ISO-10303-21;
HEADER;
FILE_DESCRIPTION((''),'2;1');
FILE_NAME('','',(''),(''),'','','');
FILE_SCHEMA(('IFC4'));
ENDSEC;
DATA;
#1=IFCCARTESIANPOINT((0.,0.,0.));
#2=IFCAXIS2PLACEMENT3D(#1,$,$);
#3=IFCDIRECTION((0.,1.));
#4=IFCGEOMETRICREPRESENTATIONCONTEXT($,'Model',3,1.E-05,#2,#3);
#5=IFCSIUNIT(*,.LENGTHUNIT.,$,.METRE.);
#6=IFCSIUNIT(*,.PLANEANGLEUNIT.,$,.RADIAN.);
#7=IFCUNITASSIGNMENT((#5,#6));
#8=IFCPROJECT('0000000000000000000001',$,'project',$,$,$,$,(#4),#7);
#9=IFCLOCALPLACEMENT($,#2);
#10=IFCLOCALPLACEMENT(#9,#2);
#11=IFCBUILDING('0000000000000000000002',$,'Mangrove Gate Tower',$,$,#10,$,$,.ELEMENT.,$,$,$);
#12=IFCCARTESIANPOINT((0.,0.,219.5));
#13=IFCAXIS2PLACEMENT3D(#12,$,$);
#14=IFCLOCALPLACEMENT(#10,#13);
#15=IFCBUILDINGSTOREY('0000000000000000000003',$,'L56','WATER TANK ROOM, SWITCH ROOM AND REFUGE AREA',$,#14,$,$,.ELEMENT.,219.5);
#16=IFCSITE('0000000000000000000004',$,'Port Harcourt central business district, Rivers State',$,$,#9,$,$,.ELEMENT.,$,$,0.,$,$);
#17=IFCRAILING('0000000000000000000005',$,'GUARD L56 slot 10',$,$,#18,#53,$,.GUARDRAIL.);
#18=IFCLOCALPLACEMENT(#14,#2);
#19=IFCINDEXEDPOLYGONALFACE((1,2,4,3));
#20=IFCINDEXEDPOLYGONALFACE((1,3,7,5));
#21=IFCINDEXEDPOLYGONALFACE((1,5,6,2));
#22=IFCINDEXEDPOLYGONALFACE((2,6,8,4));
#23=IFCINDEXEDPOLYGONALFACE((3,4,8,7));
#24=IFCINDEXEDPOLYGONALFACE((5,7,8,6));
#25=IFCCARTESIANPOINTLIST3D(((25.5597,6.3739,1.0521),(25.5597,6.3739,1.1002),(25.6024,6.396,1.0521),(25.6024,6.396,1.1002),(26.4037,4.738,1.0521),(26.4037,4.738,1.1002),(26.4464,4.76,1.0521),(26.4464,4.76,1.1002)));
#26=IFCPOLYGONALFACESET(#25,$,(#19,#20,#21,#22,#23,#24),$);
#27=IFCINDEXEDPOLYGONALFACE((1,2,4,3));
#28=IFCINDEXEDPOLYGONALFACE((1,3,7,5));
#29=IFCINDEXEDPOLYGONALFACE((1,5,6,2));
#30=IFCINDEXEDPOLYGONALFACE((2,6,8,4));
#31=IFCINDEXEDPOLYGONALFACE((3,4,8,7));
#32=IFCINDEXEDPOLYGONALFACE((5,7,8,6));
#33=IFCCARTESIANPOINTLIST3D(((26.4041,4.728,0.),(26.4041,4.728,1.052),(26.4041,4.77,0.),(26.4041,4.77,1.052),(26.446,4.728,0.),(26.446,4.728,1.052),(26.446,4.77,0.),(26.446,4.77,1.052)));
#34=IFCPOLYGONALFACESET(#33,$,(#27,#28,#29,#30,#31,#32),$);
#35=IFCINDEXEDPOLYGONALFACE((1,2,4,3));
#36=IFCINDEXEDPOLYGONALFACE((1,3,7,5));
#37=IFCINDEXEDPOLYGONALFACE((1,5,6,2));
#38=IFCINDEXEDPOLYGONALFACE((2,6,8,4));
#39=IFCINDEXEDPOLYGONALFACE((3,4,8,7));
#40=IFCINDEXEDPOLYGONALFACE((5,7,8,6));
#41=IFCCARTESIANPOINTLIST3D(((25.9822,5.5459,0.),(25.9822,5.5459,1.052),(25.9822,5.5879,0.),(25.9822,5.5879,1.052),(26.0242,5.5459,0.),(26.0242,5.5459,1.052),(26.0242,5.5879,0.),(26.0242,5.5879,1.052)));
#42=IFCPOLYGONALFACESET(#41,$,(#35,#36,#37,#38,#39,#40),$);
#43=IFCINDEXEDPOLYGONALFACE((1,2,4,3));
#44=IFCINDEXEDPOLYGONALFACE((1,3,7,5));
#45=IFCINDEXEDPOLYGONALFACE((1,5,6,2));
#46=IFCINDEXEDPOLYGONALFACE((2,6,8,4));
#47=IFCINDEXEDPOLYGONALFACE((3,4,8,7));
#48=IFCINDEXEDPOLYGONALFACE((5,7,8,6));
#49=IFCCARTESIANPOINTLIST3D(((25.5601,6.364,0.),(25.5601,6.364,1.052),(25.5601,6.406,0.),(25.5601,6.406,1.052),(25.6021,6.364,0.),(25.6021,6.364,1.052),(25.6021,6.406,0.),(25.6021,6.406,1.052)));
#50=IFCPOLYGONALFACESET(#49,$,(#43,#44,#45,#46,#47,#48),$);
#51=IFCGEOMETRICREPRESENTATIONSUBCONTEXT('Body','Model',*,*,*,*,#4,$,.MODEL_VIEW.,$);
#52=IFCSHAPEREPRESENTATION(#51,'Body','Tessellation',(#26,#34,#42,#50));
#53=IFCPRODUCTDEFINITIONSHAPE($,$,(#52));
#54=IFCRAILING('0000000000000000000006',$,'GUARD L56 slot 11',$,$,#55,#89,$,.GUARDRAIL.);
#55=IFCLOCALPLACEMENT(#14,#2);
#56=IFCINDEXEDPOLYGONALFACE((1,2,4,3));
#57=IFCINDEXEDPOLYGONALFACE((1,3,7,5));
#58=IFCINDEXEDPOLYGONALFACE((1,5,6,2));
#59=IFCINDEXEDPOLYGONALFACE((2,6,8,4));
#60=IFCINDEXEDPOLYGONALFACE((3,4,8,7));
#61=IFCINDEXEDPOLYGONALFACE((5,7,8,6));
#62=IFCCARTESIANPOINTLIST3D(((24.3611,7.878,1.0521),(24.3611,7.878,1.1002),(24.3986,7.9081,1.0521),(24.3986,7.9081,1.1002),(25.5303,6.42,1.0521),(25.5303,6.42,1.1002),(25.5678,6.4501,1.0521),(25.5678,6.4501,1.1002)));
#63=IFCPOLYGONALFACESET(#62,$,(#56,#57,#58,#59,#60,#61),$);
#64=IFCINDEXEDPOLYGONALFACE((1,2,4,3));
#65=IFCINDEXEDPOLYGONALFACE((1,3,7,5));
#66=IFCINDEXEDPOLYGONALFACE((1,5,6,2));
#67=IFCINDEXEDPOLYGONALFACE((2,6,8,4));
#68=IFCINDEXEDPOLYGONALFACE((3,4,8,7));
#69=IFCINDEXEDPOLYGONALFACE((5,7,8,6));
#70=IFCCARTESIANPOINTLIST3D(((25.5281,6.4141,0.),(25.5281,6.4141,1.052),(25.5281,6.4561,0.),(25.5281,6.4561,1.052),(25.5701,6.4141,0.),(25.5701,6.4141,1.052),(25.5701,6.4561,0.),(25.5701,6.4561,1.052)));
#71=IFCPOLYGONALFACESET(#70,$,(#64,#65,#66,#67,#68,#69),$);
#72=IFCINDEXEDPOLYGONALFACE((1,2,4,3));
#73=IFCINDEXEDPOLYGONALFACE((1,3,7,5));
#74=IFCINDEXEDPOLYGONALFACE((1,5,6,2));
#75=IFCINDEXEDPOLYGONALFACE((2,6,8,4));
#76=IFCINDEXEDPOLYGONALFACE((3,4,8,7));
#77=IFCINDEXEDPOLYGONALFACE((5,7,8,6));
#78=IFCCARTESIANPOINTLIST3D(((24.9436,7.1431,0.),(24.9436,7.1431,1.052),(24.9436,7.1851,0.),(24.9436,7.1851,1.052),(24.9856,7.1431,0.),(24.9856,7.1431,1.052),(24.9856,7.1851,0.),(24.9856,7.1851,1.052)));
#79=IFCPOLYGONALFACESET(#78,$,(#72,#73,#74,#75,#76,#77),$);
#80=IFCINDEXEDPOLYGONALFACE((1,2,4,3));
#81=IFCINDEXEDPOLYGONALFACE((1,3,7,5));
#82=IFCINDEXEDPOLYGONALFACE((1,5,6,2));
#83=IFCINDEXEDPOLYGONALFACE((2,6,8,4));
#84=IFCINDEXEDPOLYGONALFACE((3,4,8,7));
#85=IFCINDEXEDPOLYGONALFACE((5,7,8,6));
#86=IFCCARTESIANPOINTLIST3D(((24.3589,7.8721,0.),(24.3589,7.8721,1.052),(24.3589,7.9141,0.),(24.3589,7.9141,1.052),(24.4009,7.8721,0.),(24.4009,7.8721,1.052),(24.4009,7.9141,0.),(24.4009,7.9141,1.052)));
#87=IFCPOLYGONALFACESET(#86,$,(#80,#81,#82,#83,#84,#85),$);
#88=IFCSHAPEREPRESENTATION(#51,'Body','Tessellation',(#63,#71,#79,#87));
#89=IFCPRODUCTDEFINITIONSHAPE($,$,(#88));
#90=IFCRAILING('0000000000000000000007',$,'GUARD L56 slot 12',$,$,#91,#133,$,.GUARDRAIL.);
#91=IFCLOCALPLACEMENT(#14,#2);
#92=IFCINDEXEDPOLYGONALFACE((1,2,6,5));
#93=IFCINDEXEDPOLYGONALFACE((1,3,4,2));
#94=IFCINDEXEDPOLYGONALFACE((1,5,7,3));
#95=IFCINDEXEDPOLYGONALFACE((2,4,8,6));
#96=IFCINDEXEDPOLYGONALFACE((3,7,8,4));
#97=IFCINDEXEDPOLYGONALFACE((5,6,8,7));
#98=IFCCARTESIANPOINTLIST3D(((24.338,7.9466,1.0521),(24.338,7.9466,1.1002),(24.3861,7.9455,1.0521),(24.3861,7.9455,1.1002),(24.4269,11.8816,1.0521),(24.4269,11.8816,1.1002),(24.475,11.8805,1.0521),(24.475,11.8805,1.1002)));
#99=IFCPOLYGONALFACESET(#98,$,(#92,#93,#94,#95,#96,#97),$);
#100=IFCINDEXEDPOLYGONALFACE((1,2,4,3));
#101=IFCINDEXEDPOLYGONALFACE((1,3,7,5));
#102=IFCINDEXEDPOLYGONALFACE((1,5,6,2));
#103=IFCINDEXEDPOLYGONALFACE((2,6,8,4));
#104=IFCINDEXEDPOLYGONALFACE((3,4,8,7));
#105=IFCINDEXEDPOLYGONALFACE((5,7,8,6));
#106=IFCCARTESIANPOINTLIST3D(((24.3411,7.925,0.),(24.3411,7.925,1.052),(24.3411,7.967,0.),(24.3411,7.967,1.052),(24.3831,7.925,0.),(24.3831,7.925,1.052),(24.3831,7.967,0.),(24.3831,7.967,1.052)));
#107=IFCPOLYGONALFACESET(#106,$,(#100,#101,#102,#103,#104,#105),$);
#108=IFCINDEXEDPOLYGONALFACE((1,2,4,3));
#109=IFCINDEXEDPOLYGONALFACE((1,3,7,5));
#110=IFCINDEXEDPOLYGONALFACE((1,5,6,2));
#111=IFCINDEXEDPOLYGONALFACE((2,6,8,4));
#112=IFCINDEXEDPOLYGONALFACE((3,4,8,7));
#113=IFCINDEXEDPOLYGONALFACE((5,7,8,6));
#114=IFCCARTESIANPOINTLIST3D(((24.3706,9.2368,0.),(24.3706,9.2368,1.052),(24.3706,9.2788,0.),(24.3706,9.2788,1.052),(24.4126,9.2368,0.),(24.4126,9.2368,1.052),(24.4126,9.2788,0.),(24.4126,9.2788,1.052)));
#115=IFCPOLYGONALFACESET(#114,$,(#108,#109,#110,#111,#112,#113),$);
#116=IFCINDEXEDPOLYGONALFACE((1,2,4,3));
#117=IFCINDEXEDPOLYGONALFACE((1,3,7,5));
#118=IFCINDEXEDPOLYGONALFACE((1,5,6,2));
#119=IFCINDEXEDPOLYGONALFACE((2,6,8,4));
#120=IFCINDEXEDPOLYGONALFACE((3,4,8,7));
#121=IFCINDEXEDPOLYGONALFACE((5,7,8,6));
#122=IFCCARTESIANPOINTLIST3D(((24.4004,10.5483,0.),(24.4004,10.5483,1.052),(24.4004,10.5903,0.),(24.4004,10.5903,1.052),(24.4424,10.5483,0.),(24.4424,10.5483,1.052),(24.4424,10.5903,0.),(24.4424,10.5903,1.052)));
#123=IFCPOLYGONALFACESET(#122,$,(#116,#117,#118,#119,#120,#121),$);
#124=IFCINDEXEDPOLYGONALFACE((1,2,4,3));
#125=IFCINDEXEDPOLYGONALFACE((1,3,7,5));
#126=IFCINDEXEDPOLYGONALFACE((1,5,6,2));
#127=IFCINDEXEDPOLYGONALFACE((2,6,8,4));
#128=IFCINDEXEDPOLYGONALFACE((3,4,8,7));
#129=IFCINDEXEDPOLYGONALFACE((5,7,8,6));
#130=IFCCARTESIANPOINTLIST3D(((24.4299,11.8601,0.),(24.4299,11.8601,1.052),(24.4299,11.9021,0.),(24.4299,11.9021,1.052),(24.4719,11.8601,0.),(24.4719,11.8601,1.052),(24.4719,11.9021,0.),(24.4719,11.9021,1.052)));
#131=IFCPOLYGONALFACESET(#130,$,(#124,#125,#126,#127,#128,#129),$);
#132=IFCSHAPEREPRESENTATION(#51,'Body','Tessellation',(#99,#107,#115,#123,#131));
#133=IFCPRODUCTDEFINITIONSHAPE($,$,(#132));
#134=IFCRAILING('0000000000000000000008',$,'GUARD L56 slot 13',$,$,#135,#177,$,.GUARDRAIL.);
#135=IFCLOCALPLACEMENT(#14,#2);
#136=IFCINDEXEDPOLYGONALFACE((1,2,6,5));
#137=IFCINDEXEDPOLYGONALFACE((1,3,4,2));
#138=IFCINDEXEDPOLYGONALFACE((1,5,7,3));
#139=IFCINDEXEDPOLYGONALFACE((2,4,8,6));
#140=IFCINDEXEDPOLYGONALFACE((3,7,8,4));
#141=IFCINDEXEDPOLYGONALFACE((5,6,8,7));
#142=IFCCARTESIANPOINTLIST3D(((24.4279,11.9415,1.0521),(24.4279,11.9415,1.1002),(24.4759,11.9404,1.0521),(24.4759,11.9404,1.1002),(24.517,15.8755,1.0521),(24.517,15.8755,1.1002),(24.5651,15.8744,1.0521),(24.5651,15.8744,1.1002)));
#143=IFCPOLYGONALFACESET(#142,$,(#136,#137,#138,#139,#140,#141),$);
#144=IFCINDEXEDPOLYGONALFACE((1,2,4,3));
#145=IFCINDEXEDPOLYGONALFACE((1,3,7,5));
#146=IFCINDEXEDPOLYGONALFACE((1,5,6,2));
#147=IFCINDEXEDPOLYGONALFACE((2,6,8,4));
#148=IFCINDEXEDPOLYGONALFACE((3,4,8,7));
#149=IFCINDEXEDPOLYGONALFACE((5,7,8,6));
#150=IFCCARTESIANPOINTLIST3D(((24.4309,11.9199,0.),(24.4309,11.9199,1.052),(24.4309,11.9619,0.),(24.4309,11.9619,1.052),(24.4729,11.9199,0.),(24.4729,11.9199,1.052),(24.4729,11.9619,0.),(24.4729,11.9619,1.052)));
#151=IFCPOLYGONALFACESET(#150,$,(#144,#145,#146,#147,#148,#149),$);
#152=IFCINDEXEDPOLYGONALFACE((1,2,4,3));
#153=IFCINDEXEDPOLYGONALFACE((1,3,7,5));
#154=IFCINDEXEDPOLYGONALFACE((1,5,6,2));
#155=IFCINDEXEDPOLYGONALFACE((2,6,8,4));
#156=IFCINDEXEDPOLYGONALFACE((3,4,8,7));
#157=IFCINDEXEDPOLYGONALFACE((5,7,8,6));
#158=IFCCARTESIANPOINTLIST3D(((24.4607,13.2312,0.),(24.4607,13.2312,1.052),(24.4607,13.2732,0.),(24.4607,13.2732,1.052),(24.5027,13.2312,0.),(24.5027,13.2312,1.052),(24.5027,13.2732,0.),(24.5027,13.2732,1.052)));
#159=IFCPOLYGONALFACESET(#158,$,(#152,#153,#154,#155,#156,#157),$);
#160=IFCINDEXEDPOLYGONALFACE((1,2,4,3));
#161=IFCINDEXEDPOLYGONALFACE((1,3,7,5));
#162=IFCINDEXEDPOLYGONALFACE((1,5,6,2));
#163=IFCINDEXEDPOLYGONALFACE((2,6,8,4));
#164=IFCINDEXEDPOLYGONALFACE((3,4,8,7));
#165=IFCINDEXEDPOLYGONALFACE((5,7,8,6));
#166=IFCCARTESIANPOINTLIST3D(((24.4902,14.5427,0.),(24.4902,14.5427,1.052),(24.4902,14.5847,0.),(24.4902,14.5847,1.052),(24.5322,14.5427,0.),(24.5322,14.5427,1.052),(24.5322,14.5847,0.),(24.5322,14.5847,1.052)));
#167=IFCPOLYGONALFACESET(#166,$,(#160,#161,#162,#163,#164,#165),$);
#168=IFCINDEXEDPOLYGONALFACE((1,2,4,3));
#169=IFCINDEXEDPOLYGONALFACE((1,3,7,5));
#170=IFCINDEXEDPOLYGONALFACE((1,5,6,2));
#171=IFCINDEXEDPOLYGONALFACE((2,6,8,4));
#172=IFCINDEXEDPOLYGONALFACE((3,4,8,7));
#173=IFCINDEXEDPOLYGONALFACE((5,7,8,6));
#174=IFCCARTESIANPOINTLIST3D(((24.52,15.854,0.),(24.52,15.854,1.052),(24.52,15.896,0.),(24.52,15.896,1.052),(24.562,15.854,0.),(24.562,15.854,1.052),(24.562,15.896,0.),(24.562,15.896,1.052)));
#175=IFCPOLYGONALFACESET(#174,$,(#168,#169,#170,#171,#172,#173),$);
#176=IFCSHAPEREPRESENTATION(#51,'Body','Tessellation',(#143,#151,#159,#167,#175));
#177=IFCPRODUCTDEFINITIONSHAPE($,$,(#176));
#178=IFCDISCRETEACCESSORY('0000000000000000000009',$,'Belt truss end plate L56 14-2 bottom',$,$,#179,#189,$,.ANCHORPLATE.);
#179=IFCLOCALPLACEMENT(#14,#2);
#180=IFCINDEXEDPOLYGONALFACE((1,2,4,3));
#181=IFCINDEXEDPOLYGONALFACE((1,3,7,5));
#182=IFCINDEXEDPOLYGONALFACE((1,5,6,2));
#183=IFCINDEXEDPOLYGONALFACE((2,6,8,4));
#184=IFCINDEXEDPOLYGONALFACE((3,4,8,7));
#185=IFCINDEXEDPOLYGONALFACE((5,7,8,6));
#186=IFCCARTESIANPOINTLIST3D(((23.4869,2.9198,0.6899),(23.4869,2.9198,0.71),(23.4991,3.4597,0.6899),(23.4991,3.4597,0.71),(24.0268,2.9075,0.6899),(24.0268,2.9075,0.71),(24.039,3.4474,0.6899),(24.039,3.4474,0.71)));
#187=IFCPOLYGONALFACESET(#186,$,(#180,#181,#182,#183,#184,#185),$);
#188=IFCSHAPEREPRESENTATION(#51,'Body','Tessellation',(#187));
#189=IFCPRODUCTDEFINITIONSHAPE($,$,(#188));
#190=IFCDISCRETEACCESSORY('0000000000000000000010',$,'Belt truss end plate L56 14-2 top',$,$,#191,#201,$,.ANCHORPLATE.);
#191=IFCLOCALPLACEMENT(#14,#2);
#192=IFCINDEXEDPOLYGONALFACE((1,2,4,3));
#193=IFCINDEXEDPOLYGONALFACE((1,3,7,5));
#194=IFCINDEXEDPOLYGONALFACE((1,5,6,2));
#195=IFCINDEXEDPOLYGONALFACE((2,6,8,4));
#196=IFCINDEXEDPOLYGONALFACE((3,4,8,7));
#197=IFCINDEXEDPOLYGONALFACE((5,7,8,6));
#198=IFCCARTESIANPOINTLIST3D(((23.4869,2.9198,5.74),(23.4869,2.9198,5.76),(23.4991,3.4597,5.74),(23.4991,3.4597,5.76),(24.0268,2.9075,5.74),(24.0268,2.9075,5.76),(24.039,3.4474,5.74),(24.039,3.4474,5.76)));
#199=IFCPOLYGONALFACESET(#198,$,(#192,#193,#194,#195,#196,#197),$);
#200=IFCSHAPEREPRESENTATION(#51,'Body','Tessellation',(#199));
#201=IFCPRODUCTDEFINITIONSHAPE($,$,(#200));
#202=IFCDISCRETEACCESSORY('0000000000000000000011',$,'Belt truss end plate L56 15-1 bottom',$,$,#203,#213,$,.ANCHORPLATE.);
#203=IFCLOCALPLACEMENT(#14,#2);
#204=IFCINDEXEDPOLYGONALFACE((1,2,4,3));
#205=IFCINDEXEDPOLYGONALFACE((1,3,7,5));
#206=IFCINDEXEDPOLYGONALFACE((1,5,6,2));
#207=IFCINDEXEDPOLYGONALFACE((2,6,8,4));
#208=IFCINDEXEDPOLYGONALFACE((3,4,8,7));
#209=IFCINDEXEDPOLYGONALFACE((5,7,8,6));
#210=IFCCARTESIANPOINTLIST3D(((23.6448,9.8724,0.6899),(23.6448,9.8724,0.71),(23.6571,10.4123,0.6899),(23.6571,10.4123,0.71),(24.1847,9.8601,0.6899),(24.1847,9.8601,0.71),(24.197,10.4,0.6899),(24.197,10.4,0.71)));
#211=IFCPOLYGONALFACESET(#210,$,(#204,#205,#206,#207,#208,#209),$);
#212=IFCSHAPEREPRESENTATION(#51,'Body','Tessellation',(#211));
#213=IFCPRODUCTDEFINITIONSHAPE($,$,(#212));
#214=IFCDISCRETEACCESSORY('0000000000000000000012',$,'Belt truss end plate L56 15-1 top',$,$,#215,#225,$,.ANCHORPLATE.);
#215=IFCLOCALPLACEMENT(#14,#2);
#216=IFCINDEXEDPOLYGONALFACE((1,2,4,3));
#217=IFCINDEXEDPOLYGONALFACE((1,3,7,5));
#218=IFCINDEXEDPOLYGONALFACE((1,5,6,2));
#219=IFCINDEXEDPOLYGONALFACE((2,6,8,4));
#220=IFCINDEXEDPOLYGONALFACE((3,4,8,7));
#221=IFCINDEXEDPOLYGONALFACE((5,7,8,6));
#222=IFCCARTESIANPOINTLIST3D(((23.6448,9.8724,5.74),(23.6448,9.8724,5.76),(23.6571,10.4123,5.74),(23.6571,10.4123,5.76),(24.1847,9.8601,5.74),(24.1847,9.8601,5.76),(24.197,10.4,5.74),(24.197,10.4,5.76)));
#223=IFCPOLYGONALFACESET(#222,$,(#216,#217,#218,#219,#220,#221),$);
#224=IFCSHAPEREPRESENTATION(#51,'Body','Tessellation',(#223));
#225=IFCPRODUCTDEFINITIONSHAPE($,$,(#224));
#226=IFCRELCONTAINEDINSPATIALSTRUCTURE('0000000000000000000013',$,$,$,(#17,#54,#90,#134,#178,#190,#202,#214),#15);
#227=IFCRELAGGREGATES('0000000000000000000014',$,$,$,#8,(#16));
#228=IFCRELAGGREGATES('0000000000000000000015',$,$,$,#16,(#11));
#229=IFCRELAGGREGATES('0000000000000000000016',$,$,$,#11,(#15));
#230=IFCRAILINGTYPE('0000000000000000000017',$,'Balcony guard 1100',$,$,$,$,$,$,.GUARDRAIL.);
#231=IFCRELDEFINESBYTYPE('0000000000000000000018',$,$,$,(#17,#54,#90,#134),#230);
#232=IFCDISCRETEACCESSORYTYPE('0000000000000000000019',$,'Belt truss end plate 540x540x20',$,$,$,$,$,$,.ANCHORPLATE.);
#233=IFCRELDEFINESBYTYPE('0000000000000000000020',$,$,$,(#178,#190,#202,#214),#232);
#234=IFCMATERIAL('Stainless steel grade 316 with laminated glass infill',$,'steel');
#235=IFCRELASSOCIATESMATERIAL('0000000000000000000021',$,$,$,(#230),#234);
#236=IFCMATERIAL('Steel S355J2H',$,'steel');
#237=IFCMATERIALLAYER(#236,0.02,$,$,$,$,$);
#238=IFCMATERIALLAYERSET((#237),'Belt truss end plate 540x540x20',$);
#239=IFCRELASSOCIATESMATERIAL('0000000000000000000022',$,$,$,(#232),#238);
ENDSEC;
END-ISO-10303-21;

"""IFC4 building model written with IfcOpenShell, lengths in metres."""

from ifc_helpers import new_model, si_unit, direction, frame, origin, origin_2d, place, context, subcontext, project, spatial, rectangle, extrude, material, layer, layer_set, type_object, element, save


model = new_model("IFC4")

# Units and contexts
model_context = context("Model", 3, precision=1e-05, world=origin(), true_north=direction((0.0, 1.0)))
body_context = subcontext(model_context, "Body", "Model", "MODEL_VIEW")
ifc_project = project(units=[si_unit("LENGTHUNIT", "METRE"), si_unit("PLANEANGLEUNIT", "RADIAN")], contexts=[model_context])

# Site, building, storey
site_placement = place(None, origin())
site = spatial("IfcSite", under=ifc_project, at=site_placement, Name="Port Harcourt central business district, Rivers State", CompositionType="ELEMENT", RefElevation=0.0)
building_placement = place(site_placement, origin())
building = spatial("IfcBuilding", under=site, at=building_placement, Name="Mangrove Gate Tower", CompositionType="ELEMENT")
storey_placement = place(building_placement, frame((0.0, 0.0, 219.5)))
storey = spatial("IfcBuildingStorey", under=building, at=storey_placement, Name="L56", Description="WATER TANK ROOM, SWITCH ROOM AND REFUGE AREA", CompositionType="ELEMENT", Elevation=219.5)

# Railings
ifc_material_1 = material(Name="Stainless steel grade 316 with laminated glass infill", Category="steel")
railing_type = type_object("IfcRailingType", Name="Balcony guard 1100", PredefinedType="GUARDRAIL", material=ifc_material_1)
railing_1_placement = place(storey_placement, frame((26.425, 4.749, 0.0)))
element("IfcRailing", 1, at=railing_1_placement, inside=storey, type_object=railing_type, Name="GUARD L56 slot 10", PredefinedType="GUARDRAIL", context=body_context, shape_type="SweptSolid", body=[
    extrude(rectangle(XDim=0.0481, YDim=0.0481, at=origin_2d()), frame((0.0, 0.0, 1.0762), z_axis=(-0.458477, 0.888706, 0.0), x_axis=(-0.888706, -0.458477, 0.0)), (0.0, 0.0, 1.0), 1.8408),
    extrude(rectangle(XDim=0.042, YDim=0.042, at=origin_2d()), origin(), (0.0, 0.0, 1.0), 1.052),
    extrude(rectangle(XDim=0.042, YDim=0.042, at=origin_2d()), frame((-0.4219, 0.8179, 0.0)), (0.0, 0.0, 1.0), 1.052),
    extrude(rectangle(XDim=0.042, YDim=0.042, at=origin_2d()), frame((-0.844, 1.636, 0.0)), (0.0, 0.0, 1.0), 1.052),
])
railing_2_placement = place(storey_placement, frame((25.5491, 6.4351, 0.0)))
element("IfcRailing", 2, at=railing_2_placement, inside=storey, type_object=railing_type, Name="GUARD L56 slot 11", PredefinedType="GUARDRAIL", context=body_context, shape_type="SweptSolid", body=[
    extrude(rectangle(XDim=0.0481, YDim=0.0481, at=origin_2d()), frame((0.0, 0.0, 1.0762), z_axis=(-0.625603, 0.780142, 0.0), x_axis=(-0.780142, -0.625603, 0.0)), (0.0, 0.0, 1.0), 1.8689),
    extrude(rectangle(XDim=0.042, YDim=0.042, at=origin_2d()), origin(), (0.0, 0.0, 1.0), 1.052),
    extrude(rectangle(XDim=0.042, YDim=0.042, at=origin_2d()), frame((-0.5845, 0.729, 0.0)), (0.0, 0.0, 1.0), 1.052),
    extrude(rectangle(XDim=0.042, YDim=0.042, at=origin_2d()), frame((-1.1692, 1.458, 0.0)), (0.0, 0.0, 1.0), 1.052),
])
railing_3_placement = place(storey_placement, frame((24.3621, 7.946, 0.0)))
element("IfcRailing", 3, at=railing_3_placement, inside=storey, type_object=railing_type, Name="GUARD L56 slot 12", PredefinedType="GUARDRAIL", context=body_context, shape_type="SweptSolid", body=[
    extrude(rectangle(XDim=0.0481, YDim=0.0481, at=origin_2d()), frame((0.0, 0.0, 1.0762), z_axis=(0.022578, 0.999745, 0.0), x_axis=(-0.999745, 0.022578, 0.0)), (0.0, 0.0, 1.0), 3.936),
    extrude(rectangle(XDim=0.042, YDim=0.042, at=origin_2d()), origin(), (0.0, 0.0, 1.0), 1.052),
    extrude(rectangle(XDim=0.042, YDim=0.042, at=origin_2d()), frame((0.0295, 1.3118, 0.0)), (0.0, 0.0, 1.0), 1.052),
    extrude(rectangle(XDim=0.042, YDim=0.042, at=origin_2d()), frame((0.0593, 2.6233, 0.0)), (0.0, 0.0, 1.0), 1.052),
    extrude(rectangle(XDim=0.042, YDim=0.042, at=origin_2d()), frame((0.0889, 3.9351, 0.0)), (0.0, 0.0, 1.0), 1.052),
])
railing_4_placement = place(storey_placement, frame((24.4519, 11.9409, 0.0)))
element("IfcRailing", 4, at=railing_4_placement, inside=storey, type_object=railing_type, Name="GUARD L56 slot 13", PredefinedType="GUARDRAIL", context=body_context, shape_type="SweptSolid", body=[
    extrude(rectangle(XDim=0.0481, YDim=0.0481, at=origin_2d()), frame((0.0, 0.0, 1.0762), z_axis=(0.022645, 0.999744, 0.0), x_axis=(-0.999744, 0.022645, 0.0)), (0.0, 0.0, 1.0), 3.9351),
    extrude(rectangle(XDim=0.042, YDim=0.042, at=origin_2d()), origin(), (0.0, 0.0, 1.0), 1.052),
    extrude(rectangle(XDim=0.042, YDim=0.042, at=origin_2d()), frame((0.0298, 1.3113, 0.0)), (0.0, 0.0, 1.0), 1.052),
    extrude(rectangle(XDim=0.042, YDim=0.042, at=origin_2d()), frame((0.0593, 2.6228, 0.0)), (0.0, 0.0, 1.0), 1.052),
    extrude(rectangle(XDim=0.042, YDim=0.042, at=origin_2d()), frame((0.0891, 3.9341, 0.0)), (0.0, 0.0, 1.0), 1.052),
])

# Discrete accessories
ifc_material_2 = material(Name="Steel S355J2H", Category="steel")
ifc_layer_1 = layer(ifc_material_2, 0.02)
ifc_layer_set_1 = layer_set([ifc_layer_1], Name="Belt truss end plate 540x540x20")
discrete_accessory_type = type_object("IfcDiscreteAccessoryType", Name="Belt truss end plate 540x540x20", PredefinedType="ANCHORPLATE", material=ifc_layer_set_1)
for number, where, z_axis, x_axis, name in (
    (5, (23.7629, 3.1836, 0.6899), (0.0, 0.0, 1.0), (0.022688, 0.999743, 0.0), "Belt truss end plate L56 14-2 bottom"),
    (6, (23.7629, 3.1836, 5.74), (0.0, 0.0, 1.0), (0.022688, 0.999743, 0.0), "Belt truss end plate L56 14-2 top"),
    (7, (23.9209, 10.1362, 0.6899), (0.0, 0.0, 1.0), (0.022789, 0.99974, 0.0), "Belt truss end plate L56 15-1 bottom"),
    (8, (23.9209, 10.1362, 5.74), (0.0, 0.0, 1.0), (0.022789, 0.99974, 0.0), "Belt truss end plate L56 15-1 top"),
):
    element("IfcDiscreteAccessory", number, at=place(storey_placement, frame(where, z_axis=z_axis, x_axis=x_axis)), inside=storey, type_object=discrete_accessory_type, Name=name, PredefinedType="ANCHORPLATE", context=body_context, shape_type="SweptSolid", body=[
        extrude(rectangle(XDim=0.54, YDim=0.54, at=origin_2d()), origin(), (0.0, 0.0, 1.0), 0.02),
    ])

save(model, "model.ifc")
